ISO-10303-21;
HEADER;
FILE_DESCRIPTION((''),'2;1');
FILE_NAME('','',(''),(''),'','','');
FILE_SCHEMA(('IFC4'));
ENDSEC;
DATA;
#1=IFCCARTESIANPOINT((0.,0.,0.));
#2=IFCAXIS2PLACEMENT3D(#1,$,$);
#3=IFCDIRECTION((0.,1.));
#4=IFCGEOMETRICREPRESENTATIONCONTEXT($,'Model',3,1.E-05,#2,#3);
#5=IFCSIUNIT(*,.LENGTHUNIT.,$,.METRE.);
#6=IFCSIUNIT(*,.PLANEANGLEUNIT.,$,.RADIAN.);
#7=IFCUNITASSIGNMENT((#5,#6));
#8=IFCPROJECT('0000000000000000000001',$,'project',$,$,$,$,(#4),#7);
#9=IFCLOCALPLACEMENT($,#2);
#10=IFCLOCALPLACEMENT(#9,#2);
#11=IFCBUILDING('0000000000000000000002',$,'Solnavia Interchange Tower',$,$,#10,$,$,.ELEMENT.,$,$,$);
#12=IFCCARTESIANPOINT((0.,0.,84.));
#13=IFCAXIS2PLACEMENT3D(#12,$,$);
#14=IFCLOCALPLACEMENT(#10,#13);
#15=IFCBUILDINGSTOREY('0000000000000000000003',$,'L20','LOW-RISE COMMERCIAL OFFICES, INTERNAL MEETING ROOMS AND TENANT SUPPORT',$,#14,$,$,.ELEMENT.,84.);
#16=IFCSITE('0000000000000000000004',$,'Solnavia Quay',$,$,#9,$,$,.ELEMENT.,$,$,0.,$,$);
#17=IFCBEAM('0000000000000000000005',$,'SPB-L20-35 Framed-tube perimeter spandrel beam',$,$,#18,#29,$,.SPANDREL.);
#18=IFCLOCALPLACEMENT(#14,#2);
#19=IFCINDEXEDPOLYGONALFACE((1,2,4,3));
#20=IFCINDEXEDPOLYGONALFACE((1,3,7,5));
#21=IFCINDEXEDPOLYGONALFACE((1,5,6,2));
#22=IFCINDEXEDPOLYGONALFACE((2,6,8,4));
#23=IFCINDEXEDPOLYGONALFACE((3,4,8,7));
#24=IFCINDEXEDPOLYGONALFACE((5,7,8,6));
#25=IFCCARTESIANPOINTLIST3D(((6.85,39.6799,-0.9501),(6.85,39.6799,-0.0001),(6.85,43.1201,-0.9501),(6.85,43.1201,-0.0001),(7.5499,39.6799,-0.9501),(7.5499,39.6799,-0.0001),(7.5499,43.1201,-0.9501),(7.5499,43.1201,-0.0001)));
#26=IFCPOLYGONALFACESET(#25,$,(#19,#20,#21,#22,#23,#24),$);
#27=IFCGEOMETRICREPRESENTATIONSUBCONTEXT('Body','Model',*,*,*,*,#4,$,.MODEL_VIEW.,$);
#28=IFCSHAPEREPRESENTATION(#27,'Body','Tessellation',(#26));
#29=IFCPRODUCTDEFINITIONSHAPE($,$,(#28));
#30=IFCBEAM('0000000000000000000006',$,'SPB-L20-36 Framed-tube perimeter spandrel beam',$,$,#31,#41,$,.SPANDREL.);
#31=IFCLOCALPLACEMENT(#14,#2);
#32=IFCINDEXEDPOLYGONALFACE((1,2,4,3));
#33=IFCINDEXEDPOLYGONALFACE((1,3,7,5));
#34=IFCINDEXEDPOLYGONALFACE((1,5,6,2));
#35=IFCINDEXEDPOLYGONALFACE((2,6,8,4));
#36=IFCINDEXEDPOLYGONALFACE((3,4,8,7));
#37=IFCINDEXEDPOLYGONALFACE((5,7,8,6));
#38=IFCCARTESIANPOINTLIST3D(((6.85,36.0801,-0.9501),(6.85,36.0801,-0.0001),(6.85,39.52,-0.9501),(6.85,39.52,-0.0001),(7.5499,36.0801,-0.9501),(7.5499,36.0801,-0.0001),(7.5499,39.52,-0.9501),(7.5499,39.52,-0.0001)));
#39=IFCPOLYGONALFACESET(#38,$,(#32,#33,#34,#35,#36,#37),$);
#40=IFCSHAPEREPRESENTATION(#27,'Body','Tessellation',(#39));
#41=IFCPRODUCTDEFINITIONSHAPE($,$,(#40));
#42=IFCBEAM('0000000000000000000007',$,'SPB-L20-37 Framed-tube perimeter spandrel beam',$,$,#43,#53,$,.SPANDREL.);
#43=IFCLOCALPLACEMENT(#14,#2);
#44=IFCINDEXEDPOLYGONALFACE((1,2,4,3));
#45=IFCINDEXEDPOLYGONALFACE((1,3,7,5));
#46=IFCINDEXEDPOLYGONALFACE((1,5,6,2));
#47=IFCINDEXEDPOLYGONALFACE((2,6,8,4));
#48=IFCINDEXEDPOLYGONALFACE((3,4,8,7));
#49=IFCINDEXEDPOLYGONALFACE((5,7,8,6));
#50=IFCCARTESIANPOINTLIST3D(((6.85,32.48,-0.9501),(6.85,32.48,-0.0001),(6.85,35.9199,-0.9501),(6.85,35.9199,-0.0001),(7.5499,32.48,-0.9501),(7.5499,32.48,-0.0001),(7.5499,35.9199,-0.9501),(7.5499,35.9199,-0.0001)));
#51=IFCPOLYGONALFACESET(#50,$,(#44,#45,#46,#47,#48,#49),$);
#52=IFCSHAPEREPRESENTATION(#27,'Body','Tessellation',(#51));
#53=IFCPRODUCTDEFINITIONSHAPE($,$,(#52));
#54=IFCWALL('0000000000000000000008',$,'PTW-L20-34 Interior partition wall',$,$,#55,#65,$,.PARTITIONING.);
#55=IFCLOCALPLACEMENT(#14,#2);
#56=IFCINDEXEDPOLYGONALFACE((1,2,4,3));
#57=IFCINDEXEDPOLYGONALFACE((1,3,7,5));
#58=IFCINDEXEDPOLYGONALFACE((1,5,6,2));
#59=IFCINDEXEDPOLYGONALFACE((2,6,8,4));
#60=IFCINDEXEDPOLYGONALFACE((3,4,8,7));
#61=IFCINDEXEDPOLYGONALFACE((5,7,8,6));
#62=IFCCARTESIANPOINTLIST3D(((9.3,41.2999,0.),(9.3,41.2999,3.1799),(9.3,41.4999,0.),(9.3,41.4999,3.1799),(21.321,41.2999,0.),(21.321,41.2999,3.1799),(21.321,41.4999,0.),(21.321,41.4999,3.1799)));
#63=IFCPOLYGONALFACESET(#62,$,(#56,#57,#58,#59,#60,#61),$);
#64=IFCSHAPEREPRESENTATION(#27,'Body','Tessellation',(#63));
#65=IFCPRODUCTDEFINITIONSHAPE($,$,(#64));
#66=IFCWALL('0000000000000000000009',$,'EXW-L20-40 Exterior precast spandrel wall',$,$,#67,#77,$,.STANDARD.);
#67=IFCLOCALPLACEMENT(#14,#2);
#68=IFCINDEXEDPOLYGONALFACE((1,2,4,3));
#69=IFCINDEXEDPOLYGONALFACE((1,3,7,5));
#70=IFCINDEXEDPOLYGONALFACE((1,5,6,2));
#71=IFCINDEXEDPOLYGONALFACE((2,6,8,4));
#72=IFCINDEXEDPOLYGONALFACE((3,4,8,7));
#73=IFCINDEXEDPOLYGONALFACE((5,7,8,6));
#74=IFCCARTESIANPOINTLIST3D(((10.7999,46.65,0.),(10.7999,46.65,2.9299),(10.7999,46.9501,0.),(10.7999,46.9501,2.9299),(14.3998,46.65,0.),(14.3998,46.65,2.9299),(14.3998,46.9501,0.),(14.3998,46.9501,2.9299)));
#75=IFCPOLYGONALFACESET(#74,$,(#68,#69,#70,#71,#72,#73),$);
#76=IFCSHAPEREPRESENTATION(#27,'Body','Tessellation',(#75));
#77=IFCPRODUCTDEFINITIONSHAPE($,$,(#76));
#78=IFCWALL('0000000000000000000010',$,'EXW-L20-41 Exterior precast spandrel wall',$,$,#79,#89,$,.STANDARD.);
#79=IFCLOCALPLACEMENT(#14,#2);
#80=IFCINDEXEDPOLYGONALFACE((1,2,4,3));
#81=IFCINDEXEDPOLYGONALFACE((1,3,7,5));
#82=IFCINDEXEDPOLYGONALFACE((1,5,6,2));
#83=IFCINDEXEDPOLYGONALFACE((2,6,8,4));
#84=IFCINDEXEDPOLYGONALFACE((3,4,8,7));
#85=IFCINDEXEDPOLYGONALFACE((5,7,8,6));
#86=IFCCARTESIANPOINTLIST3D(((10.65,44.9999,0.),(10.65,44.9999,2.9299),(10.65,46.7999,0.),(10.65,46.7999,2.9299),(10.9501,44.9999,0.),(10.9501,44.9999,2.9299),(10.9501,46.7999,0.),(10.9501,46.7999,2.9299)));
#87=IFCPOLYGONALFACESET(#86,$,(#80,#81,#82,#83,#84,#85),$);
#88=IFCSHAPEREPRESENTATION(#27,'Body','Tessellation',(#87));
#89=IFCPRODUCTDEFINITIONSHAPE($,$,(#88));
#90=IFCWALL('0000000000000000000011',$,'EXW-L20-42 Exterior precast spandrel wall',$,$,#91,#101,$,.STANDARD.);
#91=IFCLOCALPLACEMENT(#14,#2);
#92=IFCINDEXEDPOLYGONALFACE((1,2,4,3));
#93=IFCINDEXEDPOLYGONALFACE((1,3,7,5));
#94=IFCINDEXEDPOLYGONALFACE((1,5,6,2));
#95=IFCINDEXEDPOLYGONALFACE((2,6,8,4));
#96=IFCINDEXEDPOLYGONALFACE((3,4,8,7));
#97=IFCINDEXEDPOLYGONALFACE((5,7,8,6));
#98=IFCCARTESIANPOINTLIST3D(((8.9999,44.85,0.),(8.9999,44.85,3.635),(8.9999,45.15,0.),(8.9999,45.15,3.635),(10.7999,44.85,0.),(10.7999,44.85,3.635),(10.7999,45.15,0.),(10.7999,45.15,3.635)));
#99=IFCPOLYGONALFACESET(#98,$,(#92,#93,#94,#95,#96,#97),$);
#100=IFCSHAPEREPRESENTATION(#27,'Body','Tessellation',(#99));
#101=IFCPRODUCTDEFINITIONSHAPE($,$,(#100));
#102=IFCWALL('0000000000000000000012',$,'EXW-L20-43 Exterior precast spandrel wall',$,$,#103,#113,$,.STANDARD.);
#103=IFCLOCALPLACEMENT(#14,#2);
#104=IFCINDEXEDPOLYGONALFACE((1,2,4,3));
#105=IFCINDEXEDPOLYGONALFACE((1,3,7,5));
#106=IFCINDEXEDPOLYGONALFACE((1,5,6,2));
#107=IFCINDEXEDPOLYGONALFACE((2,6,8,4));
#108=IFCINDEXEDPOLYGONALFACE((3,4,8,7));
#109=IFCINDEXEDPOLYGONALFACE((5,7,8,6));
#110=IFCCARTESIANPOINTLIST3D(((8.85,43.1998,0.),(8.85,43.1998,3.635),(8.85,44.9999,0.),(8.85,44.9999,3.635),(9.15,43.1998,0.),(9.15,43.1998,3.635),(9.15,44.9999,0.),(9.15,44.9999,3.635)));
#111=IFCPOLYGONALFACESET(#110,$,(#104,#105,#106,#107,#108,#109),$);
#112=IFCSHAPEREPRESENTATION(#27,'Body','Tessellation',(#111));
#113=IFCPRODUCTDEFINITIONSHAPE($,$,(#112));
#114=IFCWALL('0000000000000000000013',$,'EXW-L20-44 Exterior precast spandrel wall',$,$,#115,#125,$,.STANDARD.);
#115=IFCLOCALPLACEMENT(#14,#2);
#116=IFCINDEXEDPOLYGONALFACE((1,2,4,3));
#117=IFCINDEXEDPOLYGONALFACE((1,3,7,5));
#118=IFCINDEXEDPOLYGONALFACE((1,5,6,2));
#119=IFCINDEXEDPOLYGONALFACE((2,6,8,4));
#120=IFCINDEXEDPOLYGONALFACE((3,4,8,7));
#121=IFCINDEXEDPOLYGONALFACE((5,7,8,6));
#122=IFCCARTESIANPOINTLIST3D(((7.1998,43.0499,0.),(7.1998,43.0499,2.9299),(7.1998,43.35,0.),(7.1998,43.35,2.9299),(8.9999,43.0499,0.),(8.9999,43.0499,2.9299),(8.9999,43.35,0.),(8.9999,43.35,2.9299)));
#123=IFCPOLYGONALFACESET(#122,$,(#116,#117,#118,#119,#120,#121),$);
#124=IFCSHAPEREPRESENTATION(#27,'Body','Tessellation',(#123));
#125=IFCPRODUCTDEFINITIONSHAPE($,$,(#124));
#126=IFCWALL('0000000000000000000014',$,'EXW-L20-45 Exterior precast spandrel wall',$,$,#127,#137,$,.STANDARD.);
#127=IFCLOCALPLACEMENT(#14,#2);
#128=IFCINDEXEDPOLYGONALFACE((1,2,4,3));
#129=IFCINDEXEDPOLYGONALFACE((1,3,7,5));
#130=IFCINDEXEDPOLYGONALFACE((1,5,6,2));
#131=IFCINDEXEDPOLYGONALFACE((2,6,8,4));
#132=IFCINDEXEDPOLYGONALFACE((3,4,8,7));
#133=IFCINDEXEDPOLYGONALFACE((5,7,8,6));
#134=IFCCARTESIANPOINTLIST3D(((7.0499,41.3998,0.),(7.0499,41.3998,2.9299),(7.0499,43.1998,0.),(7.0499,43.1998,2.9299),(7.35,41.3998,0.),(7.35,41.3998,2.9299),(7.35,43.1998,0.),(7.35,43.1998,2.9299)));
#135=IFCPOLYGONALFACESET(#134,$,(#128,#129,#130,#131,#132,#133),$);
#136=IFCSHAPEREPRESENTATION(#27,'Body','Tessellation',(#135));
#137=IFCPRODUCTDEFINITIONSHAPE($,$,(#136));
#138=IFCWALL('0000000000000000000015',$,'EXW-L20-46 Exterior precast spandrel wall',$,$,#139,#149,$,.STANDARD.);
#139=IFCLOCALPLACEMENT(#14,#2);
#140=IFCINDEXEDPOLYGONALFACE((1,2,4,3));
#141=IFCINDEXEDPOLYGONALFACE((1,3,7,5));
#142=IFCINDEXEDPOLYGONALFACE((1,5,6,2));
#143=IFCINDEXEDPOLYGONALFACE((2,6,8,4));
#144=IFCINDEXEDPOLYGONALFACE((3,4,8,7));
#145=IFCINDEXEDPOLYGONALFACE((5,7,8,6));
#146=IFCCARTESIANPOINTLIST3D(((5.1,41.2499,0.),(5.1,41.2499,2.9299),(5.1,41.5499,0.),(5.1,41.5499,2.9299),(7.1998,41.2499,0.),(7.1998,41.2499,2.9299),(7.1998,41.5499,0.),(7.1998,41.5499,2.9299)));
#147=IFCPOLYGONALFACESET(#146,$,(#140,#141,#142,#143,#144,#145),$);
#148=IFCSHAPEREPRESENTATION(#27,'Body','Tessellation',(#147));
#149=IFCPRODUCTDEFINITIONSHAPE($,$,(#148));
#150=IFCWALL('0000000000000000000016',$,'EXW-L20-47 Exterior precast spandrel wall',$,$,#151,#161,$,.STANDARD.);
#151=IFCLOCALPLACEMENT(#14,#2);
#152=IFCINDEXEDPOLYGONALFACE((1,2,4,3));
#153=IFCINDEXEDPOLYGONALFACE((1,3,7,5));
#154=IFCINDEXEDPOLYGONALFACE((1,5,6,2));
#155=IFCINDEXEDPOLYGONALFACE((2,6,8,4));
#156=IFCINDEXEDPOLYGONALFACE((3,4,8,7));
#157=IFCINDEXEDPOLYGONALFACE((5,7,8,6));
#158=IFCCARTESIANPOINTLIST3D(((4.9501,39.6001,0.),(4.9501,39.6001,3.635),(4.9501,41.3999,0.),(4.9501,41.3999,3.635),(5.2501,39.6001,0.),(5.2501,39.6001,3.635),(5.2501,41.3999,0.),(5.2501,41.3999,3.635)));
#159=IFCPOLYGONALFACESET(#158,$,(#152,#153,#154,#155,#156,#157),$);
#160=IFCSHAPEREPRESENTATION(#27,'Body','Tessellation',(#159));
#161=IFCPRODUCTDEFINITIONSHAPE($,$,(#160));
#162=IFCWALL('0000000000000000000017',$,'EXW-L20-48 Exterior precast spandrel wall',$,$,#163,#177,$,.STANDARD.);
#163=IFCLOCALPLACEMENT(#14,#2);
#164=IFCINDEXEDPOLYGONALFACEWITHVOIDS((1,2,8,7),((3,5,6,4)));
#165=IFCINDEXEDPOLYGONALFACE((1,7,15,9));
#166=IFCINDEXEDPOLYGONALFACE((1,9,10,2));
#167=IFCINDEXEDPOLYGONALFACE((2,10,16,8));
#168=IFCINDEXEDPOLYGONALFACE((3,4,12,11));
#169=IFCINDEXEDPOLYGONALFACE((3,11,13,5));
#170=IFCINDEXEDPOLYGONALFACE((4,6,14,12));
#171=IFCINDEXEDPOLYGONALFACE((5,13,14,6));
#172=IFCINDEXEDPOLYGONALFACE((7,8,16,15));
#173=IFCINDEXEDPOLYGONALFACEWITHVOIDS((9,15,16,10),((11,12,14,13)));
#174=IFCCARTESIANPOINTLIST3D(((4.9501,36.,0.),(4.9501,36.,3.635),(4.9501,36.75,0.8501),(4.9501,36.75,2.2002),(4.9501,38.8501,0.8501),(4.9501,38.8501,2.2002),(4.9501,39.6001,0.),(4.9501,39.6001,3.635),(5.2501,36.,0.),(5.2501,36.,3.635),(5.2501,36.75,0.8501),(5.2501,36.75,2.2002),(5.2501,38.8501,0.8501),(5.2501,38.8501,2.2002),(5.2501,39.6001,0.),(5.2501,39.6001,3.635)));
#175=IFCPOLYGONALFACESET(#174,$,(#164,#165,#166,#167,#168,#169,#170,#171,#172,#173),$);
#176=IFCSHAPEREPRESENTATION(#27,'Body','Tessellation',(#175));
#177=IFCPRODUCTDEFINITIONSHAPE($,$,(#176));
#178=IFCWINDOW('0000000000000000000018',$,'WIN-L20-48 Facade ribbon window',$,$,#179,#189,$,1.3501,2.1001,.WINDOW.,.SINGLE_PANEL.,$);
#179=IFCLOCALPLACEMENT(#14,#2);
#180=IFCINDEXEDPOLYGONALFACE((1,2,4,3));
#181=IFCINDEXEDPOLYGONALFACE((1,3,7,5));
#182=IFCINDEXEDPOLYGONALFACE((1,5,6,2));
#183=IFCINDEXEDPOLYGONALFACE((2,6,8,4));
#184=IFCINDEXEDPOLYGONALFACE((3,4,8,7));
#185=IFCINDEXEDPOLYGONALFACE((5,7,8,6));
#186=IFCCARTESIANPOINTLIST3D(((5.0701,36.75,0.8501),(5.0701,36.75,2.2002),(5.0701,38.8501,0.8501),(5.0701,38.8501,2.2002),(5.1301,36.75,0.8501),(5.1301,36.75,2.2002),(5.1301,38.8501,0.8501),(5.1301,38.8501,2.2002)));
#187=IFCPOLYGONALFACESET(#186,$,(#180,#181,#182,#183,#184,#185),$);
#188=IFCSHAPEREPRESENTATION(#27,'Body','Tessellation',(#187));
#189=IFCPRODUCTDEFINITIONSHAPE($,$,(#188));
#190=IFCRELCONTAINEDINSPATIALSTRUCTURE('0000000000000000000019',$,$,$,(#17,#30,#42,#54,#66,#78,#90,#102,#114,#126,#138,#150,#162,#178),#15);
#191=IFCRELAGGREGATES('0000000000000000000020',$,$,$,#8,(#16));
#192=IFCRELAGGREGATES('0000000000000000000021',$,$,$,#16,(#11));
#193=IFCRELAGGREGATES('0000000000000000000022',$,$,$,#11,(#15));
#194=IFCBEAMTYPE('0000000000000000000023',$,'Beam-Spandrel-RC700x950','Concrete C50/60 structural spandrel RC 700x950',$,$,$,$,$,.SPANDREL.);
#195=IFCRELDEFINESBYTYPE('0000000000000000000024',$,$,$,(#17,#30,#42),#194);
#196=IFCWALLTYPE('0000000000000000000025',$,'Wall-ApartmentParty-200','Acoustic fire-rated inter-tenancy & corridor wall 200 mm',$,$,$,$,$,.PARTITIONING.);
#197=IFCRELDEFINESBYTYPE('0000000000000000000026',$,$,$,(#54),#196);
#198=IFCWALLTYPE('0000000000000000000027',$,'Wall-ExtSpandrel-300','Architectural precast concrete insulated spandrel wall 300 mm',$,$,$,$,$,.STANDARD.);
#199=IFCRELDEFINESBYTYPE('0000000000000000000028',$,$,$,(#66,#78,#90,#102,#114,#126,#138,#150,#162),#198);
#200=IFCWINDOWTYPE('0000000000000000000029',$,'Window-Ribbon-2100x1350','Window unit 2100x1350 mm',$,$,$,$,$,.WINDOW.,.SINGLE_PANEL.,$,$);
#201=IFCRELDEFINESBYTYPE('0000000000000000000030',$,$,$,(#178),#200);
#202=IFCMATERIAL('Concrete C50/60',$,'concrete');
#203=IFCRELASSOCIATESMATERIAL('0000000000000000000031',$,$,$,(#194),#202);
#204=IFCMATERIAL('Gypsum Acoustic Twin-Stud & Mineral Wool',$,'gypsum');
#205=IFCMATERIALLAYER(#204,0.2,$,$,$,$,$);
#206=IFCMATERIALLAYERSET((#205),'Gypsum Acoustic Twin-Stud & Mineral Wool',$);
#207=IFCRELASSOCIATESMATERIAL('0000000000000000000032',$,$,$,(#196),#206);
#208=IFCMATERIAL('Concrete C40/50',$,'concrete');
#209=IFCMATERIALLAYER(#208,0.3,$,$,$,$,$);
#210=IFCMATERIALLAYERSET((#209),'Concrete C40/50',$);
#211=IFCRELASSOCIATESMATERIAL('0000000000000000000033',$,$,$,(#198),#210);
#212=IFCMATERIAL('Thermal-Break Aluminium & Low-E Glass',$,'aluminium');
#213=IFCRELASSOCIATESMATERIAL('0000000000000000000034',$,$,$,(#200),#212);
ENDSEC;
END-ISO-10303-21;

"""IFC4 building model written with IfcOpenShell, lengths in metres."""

from ifc_helpers import new_model, si_unit, direction, frame, frame_2d, origin, origin_2d, place, context, subcontext, project, spatial, rectangle, extrude, material, layer, layer_set, material_profile, profile_set, type_object, element, fill, save


model = new_model("IFC4")

# Units and contexts
model_context = context("Model", 3, precision=1e-05, world=origin(), true_north=direction((0.0, 1.0)))
body_context = subcontext(model_context, "Body", "Model", "MODEL_VIEW")
ifc_project = project(units=[si_unit("LENGTHUNIT", "METRE"), si_unit("PLANEANGLEUNIT", "RADIAN")], contexts=[model_context])

# Site, building, storey
site_placement = place(None, origin())
site = spatial("IfcSite", under=ifc_project, at=site_placement, Name="Solnavia Quay", CompositionType="ELEMENT", RefElevation=0.0)
building_placement = place(site_placement, origin())
building = spatial("IfcBuilding", under=site, at=building_placement, Name="Solnavia Interchange Tower", CompositionType="ELEMENT")
storey_placement = place(building_placement, frame((0.0, 0.0, 84.0)))
storey = spatial("IfcBuildingStorey", under=building, at=storey_placement, Name="L20", Description="LOW-RISE COMMERCIAL OFFICES, INTERNAL MEETING ROOMS AND TENANT SUPPORT", CompositionType="ELEMENT", Elevation=84.0)

# Shared definitions
ifc_material_1 = material(Name="Concrete C50/60", Category="concrete")

# Beams
ifc_material_profile_1 = material_profile(ifc_material_1, rectangle(XDim=0.7, YDim=0.95, at=origin_2d()), Name="RC 700x950")
ifc_profile_set_1 = profile_set([ifc_material_profile_1], Name="Concrete C50/60")
beam_type_1 = type_object("IfcBeamType", Name="Beam-Spandrel-RC700x950", Description="Concrete C50/60 structural spandrel RC 700x950", PredefinedType="SPANDREL", material=ifc_profile_set_1)
beam_1_placement = place(storey_placement, frame((7.2, 43.1201, -0.4751), z_axis=(0.0, -1.0, 0.0), x_axis=(1.0, 0.0, 0.0)))
element("IfcBeam", 1, at=beam_1_placement, inside=storey, type_object=beam_type_1, Name="SPB-L20-35 Framed-tube perimeter spandrel beam", PredefinedType="SPANDREL", context=body_context, shape_type="SweptSolid", body=[
    extrude(rectangle(XDim=0.7, YDim=0.95, at=origin_2d()), origin(), (0.0, 0.0, 1.0), 3.4402),
])
for number, where, z_axis, x_axis, name in (
    (2, (7.2, 39.52, -0.4751), (0.0, -1.0, 0.0), (1.0, 0.0, 0.0), "SPB-L20-36 Framed-tube perimeter spandrel beam"),
    (3, (7.2, 35.9199, -0.4751), (0.0, -1.0, 0.0), (1.0, 0.0, 0.0), "SPB-L20-37 Framed-tube perimeter spandrel beam"),
):
    element("IfcBeam", number, at=place(storey_placement, frame(where, z_axis=z_axis, x_axis=x_axis)), inside=storey, type_object=beam_type_1, Name=name, PredefinedType="SPANDREL", context=body_context, shape_type="SweptSolid", body=[
        extrude(rectangle(XDim=0.7, YDim=0.95, at=origin_2d()), origin(), (0.0, 0.0, 1.0), 3.4399),
    ])

# Walls
ifc_material_2 = material(Name="Gypsum Acoustic Twin-Stud & Mineral Wool", Category="gypsum")
ifc_layer_1 = layer(ifc_material_2, 0.2)
ifc_layer_set_1 = layer_set([ifc_layer_1], Name="Gypsum Acoustic Twin-Stud & Mineral Wool")
wall_type_1 = type_object("IfcWallType", Name="Wall-ApartmentParty-200", Description="Acoustic fire-rated inter-tenancy & corridor wall 200 mm", PredefinedType="PARTITIONING", material=ifc_layer_set_1)
wall_1_placement = place(storey_placement, frame((9.3, 41.3999, 0.0), z_axis=(0.0, 0.0, 1.0), x_axis=(1.0, 0.0, 0.0)))
element("IfcWall", 4, at=wall_1_placement, inside=storey, type_object=wall_type_1, Name="PTW-L20-34 Interior partition wall", PredefinedType="PARTITIONING", context=body_context, shape_type="SweptSolid", body=[
    extrude(rectangle(XDim=12.021, YDim=0.2, at=frame_2d((6.0105, 0.0))), origin(), (0.0, 0.0, 1.0), 3.1799),
])
ifc_material_3 = material(Name="Concrete C40/50", Category="concrete")
ifc_layer_2 = layer(ifc_material_3, 0.3)
ifc_layer_set_2 = layer_set([ifc_layer_2], Name="Concrete C40/50")
wall_type_2 = type_object("IfcWallType", Name="Wall-ExtSpandrel-300", Description="Architectural precast concrete insulated spandrel wall 300 mm", PredefinedType="STANDARD", material=ifc_layer_set_2)
wall_2_placement = place(storey_placement, frame((10.8, 46.8, 0.0), z_axis=(0.0, 0.0, 1.0), x_axis=(1.0, 0.0, 0.0)))
element("IfcWall", 5, at=wall_2_placement, inside=storey, type_object=wall_type_2, Name="EXW-L20-40 Exterior precast spandrel wall", PredefinedType="STANDARD", context=body_context, shape_type="SweptSolid", body=[
    extrude(rectangle(XDim=3.5999, YDim=0.3, at=frame_2d((1.7998, 0.0))), origin(), (0.0, 0.0, 1.0), 2.9299),
])
wall_3_placement = place(storey_placement, frame((10.8, 45.0, 0.0), z_axis=(0.0, 0.0, 1.0), x_axis=(0.0, 1.0, 0.0)))
element("IfcWall", 6, at=wall_3_placement, inside=storey, type_object=wall_type_2, Name="EXW-L20-41 Exterior precast spandrel wall", PredefinedType="STANDARD", context=body_context, shape_type="SweptSolid", body=[
    extrude(rectangle(XDim=1.8, YDim=0.3, at=frame_2d((0.8999, 0.0))), origin(), (0.0, 0.0, 1.0), 2.9299),
])
for number, where, z_axis, x_axis, name in (
    (7, (9.0, 45.0, 0.0), (0.0, 0.0, 1.0), (1.0, 0.0, 0.0), "EXW-L20-42 Exterior precast spandrel wall"),
    (8, (9.0, 43.2, 0.0), (0.0, 0.0, 1.0), (0.0, 1.0, 0.0), "EXW-L20-43 Exterior precast spandrel wall"),
):
    element("IfcWall", number, at=place(storey_placement, frame(where, z_axis=z_axis, x_axis=x_axis)), inside=storey, type_object=wall_type_2, Name=name, PredefinedType="STANDARD", context=body_context, shape_type="SweptSolid", body=[
        extrude(rectangle(XDim=1.8, YDim=0.3, at=frame_2d((0.8999, 0.0))), origin(), (0.0, 0.0, 1.0), 3.635),
    ])
for number, where, z_axis, x_axis, name in (
    (9, (7.2, 43.2, 0.0), (0.0, 0.0, 1.0), (1.0, 0.0, 0.0), "EXW-L20-44 Exterior precast spandrel wall"),
    (10, (7.2, 41.3999, 0.0), (0.0, 0.0, 1.0), (0.0, 1.0, 0.0), "EXW-L20-45 Exterior precast spandrel wall"),
):
    element("IfcWall", number, at=place(storey_placement, frame(where, z_axis=z_axis, x_axis=x_axis)), inside=storey, type_object=wall_type_2, Name=name, PredefinedType="STANDARD", context=body_context, shape_type="SweptSolid", body=[
        extrude(rectangle(XDim=1.8, YDim=0.3, at=frame_2d((0.8999, 0.0))), origin(), (0.0, 0.0, 1.0), 2.9299),
    ])
wall_4_placement = place(storey_placement, frame((5.1001, 41.3999, 0.0), z_axis=(0.0, 0.0, 1.0), x_axis=(1.0, 0.0, 0.0)))
element("IfcWall", 11, at=wall_4_placement, inside=storey, type_object=wall_type_2, Name="EXW-L20-46 Exterior precast spandrel wall", PredefinedType="STANDARD", context=body_context, shape_type="SweptSolid", body=[
    extrude(rectangle(XDim=2.0999, YDim=0.3, at=frame_2d((1.0498, 0.0))), origin(), (0.0, 0.0, 1.0), 2.9299),
])
wall_5_placement = place(storey_placement, frame((5.1001, 39.6001, 0.0), z_axis=(0.0, 0.0, 1.0), x_axis=(0.0, 1.0, 0.0)))
element("IfcWall", 12, at=wall_5_placement, inside=storey, type_object=wall_type_2, Name="EXW-L20-47 Exterior precast spandrel wall", PredefinedType="STANDARD", context=body_context, shape_type="SweptSolid", body=[
    extrude(rectangle(XDim=1.7998, YDim=0.3, at=frame_2d((0.8999, 0.0))), origin(), (0.0, 0.0, 1.0), 3.635),
])

# Wall, opening, window
wall_6_placement = place(storey_placement, frame((5.1001, 36.0, 0.0), z_axis=(0.0, 0.0, 1.0), x_axis=(0.0, 1.0, 0.0)))
wall_6 = element("IfcWall", 13, at=wall_6_placement, inside=storey, type_object=wall_type_2, Name="EXW-L20-48 Exterior precast spandrel wall", PredefinedType="STANDARD", context=body_context, shape_type="SweptSolid", body=[
    extrude(rectangle(XDim=3.6001, YDim=0.3, at=frame_2d((1.8, 0.0))), origin(), (0.0, 0.0, 1.0), 3.635),
])
opening_placement = place(wall_6_placement, frame((0.75, 0.0, 0.8501)))
opening = element("IfcOpeningElement", 14, at=opening_placement, cuts=wall_6, PredefinedType="OPENING", context=body_context, shape_type="SweptSolid", body=[
    extrude(rectangle(XDim=2.1001, YDim=1.3501, at=frame_2d((1.05, 0.675))), frame((0.0, 0.1602, 0.0), z_axis=(0.0, -1.0, 0.0), x_axis=(1.0, 0.0, 0.0)), (0.0, 0.0, 1.0), 0.3201),
])
ifc_material_4 = material(Name="Thermal-Break Aluminium & Low-E Glass", Category="aluminium")
window_type = type_object("IfcWindowType", Name="Window-Ribbon-2100x1350", Description="Window unit 2100x1350 mm", PartitioningType="SINGLE_PANEL", PredefinedType="WINDOW", material=ifc_material_4)
window_placement = place(opening_placement, origin())
window = element("IfcWindow", 15, at=window_placement, inside=storey, type_object=window_type, Name="WIN-L20-48 Facade ribbon window", OverallHeight=1.3501, OverallWidth=2.1001, PartitioningType="SINGLE_PANEL", PredefinedType="WINDOW", context=body_context, shape_type="SweptSolid", body=[
    extrude(rectangle(XDim=2.1001, YDim=1.3501, at=frame_2d((1.05, 0.675))), frame((0.0, 0.03, 0.0), z_axis=(0.0, -1.0, 0.0), x_axis=(1.0, 0.0, 0.0)), (0.0, 0.0, 1.0), 0.0601),
])
fill(opening, window)

save(model, "model.ifc")
